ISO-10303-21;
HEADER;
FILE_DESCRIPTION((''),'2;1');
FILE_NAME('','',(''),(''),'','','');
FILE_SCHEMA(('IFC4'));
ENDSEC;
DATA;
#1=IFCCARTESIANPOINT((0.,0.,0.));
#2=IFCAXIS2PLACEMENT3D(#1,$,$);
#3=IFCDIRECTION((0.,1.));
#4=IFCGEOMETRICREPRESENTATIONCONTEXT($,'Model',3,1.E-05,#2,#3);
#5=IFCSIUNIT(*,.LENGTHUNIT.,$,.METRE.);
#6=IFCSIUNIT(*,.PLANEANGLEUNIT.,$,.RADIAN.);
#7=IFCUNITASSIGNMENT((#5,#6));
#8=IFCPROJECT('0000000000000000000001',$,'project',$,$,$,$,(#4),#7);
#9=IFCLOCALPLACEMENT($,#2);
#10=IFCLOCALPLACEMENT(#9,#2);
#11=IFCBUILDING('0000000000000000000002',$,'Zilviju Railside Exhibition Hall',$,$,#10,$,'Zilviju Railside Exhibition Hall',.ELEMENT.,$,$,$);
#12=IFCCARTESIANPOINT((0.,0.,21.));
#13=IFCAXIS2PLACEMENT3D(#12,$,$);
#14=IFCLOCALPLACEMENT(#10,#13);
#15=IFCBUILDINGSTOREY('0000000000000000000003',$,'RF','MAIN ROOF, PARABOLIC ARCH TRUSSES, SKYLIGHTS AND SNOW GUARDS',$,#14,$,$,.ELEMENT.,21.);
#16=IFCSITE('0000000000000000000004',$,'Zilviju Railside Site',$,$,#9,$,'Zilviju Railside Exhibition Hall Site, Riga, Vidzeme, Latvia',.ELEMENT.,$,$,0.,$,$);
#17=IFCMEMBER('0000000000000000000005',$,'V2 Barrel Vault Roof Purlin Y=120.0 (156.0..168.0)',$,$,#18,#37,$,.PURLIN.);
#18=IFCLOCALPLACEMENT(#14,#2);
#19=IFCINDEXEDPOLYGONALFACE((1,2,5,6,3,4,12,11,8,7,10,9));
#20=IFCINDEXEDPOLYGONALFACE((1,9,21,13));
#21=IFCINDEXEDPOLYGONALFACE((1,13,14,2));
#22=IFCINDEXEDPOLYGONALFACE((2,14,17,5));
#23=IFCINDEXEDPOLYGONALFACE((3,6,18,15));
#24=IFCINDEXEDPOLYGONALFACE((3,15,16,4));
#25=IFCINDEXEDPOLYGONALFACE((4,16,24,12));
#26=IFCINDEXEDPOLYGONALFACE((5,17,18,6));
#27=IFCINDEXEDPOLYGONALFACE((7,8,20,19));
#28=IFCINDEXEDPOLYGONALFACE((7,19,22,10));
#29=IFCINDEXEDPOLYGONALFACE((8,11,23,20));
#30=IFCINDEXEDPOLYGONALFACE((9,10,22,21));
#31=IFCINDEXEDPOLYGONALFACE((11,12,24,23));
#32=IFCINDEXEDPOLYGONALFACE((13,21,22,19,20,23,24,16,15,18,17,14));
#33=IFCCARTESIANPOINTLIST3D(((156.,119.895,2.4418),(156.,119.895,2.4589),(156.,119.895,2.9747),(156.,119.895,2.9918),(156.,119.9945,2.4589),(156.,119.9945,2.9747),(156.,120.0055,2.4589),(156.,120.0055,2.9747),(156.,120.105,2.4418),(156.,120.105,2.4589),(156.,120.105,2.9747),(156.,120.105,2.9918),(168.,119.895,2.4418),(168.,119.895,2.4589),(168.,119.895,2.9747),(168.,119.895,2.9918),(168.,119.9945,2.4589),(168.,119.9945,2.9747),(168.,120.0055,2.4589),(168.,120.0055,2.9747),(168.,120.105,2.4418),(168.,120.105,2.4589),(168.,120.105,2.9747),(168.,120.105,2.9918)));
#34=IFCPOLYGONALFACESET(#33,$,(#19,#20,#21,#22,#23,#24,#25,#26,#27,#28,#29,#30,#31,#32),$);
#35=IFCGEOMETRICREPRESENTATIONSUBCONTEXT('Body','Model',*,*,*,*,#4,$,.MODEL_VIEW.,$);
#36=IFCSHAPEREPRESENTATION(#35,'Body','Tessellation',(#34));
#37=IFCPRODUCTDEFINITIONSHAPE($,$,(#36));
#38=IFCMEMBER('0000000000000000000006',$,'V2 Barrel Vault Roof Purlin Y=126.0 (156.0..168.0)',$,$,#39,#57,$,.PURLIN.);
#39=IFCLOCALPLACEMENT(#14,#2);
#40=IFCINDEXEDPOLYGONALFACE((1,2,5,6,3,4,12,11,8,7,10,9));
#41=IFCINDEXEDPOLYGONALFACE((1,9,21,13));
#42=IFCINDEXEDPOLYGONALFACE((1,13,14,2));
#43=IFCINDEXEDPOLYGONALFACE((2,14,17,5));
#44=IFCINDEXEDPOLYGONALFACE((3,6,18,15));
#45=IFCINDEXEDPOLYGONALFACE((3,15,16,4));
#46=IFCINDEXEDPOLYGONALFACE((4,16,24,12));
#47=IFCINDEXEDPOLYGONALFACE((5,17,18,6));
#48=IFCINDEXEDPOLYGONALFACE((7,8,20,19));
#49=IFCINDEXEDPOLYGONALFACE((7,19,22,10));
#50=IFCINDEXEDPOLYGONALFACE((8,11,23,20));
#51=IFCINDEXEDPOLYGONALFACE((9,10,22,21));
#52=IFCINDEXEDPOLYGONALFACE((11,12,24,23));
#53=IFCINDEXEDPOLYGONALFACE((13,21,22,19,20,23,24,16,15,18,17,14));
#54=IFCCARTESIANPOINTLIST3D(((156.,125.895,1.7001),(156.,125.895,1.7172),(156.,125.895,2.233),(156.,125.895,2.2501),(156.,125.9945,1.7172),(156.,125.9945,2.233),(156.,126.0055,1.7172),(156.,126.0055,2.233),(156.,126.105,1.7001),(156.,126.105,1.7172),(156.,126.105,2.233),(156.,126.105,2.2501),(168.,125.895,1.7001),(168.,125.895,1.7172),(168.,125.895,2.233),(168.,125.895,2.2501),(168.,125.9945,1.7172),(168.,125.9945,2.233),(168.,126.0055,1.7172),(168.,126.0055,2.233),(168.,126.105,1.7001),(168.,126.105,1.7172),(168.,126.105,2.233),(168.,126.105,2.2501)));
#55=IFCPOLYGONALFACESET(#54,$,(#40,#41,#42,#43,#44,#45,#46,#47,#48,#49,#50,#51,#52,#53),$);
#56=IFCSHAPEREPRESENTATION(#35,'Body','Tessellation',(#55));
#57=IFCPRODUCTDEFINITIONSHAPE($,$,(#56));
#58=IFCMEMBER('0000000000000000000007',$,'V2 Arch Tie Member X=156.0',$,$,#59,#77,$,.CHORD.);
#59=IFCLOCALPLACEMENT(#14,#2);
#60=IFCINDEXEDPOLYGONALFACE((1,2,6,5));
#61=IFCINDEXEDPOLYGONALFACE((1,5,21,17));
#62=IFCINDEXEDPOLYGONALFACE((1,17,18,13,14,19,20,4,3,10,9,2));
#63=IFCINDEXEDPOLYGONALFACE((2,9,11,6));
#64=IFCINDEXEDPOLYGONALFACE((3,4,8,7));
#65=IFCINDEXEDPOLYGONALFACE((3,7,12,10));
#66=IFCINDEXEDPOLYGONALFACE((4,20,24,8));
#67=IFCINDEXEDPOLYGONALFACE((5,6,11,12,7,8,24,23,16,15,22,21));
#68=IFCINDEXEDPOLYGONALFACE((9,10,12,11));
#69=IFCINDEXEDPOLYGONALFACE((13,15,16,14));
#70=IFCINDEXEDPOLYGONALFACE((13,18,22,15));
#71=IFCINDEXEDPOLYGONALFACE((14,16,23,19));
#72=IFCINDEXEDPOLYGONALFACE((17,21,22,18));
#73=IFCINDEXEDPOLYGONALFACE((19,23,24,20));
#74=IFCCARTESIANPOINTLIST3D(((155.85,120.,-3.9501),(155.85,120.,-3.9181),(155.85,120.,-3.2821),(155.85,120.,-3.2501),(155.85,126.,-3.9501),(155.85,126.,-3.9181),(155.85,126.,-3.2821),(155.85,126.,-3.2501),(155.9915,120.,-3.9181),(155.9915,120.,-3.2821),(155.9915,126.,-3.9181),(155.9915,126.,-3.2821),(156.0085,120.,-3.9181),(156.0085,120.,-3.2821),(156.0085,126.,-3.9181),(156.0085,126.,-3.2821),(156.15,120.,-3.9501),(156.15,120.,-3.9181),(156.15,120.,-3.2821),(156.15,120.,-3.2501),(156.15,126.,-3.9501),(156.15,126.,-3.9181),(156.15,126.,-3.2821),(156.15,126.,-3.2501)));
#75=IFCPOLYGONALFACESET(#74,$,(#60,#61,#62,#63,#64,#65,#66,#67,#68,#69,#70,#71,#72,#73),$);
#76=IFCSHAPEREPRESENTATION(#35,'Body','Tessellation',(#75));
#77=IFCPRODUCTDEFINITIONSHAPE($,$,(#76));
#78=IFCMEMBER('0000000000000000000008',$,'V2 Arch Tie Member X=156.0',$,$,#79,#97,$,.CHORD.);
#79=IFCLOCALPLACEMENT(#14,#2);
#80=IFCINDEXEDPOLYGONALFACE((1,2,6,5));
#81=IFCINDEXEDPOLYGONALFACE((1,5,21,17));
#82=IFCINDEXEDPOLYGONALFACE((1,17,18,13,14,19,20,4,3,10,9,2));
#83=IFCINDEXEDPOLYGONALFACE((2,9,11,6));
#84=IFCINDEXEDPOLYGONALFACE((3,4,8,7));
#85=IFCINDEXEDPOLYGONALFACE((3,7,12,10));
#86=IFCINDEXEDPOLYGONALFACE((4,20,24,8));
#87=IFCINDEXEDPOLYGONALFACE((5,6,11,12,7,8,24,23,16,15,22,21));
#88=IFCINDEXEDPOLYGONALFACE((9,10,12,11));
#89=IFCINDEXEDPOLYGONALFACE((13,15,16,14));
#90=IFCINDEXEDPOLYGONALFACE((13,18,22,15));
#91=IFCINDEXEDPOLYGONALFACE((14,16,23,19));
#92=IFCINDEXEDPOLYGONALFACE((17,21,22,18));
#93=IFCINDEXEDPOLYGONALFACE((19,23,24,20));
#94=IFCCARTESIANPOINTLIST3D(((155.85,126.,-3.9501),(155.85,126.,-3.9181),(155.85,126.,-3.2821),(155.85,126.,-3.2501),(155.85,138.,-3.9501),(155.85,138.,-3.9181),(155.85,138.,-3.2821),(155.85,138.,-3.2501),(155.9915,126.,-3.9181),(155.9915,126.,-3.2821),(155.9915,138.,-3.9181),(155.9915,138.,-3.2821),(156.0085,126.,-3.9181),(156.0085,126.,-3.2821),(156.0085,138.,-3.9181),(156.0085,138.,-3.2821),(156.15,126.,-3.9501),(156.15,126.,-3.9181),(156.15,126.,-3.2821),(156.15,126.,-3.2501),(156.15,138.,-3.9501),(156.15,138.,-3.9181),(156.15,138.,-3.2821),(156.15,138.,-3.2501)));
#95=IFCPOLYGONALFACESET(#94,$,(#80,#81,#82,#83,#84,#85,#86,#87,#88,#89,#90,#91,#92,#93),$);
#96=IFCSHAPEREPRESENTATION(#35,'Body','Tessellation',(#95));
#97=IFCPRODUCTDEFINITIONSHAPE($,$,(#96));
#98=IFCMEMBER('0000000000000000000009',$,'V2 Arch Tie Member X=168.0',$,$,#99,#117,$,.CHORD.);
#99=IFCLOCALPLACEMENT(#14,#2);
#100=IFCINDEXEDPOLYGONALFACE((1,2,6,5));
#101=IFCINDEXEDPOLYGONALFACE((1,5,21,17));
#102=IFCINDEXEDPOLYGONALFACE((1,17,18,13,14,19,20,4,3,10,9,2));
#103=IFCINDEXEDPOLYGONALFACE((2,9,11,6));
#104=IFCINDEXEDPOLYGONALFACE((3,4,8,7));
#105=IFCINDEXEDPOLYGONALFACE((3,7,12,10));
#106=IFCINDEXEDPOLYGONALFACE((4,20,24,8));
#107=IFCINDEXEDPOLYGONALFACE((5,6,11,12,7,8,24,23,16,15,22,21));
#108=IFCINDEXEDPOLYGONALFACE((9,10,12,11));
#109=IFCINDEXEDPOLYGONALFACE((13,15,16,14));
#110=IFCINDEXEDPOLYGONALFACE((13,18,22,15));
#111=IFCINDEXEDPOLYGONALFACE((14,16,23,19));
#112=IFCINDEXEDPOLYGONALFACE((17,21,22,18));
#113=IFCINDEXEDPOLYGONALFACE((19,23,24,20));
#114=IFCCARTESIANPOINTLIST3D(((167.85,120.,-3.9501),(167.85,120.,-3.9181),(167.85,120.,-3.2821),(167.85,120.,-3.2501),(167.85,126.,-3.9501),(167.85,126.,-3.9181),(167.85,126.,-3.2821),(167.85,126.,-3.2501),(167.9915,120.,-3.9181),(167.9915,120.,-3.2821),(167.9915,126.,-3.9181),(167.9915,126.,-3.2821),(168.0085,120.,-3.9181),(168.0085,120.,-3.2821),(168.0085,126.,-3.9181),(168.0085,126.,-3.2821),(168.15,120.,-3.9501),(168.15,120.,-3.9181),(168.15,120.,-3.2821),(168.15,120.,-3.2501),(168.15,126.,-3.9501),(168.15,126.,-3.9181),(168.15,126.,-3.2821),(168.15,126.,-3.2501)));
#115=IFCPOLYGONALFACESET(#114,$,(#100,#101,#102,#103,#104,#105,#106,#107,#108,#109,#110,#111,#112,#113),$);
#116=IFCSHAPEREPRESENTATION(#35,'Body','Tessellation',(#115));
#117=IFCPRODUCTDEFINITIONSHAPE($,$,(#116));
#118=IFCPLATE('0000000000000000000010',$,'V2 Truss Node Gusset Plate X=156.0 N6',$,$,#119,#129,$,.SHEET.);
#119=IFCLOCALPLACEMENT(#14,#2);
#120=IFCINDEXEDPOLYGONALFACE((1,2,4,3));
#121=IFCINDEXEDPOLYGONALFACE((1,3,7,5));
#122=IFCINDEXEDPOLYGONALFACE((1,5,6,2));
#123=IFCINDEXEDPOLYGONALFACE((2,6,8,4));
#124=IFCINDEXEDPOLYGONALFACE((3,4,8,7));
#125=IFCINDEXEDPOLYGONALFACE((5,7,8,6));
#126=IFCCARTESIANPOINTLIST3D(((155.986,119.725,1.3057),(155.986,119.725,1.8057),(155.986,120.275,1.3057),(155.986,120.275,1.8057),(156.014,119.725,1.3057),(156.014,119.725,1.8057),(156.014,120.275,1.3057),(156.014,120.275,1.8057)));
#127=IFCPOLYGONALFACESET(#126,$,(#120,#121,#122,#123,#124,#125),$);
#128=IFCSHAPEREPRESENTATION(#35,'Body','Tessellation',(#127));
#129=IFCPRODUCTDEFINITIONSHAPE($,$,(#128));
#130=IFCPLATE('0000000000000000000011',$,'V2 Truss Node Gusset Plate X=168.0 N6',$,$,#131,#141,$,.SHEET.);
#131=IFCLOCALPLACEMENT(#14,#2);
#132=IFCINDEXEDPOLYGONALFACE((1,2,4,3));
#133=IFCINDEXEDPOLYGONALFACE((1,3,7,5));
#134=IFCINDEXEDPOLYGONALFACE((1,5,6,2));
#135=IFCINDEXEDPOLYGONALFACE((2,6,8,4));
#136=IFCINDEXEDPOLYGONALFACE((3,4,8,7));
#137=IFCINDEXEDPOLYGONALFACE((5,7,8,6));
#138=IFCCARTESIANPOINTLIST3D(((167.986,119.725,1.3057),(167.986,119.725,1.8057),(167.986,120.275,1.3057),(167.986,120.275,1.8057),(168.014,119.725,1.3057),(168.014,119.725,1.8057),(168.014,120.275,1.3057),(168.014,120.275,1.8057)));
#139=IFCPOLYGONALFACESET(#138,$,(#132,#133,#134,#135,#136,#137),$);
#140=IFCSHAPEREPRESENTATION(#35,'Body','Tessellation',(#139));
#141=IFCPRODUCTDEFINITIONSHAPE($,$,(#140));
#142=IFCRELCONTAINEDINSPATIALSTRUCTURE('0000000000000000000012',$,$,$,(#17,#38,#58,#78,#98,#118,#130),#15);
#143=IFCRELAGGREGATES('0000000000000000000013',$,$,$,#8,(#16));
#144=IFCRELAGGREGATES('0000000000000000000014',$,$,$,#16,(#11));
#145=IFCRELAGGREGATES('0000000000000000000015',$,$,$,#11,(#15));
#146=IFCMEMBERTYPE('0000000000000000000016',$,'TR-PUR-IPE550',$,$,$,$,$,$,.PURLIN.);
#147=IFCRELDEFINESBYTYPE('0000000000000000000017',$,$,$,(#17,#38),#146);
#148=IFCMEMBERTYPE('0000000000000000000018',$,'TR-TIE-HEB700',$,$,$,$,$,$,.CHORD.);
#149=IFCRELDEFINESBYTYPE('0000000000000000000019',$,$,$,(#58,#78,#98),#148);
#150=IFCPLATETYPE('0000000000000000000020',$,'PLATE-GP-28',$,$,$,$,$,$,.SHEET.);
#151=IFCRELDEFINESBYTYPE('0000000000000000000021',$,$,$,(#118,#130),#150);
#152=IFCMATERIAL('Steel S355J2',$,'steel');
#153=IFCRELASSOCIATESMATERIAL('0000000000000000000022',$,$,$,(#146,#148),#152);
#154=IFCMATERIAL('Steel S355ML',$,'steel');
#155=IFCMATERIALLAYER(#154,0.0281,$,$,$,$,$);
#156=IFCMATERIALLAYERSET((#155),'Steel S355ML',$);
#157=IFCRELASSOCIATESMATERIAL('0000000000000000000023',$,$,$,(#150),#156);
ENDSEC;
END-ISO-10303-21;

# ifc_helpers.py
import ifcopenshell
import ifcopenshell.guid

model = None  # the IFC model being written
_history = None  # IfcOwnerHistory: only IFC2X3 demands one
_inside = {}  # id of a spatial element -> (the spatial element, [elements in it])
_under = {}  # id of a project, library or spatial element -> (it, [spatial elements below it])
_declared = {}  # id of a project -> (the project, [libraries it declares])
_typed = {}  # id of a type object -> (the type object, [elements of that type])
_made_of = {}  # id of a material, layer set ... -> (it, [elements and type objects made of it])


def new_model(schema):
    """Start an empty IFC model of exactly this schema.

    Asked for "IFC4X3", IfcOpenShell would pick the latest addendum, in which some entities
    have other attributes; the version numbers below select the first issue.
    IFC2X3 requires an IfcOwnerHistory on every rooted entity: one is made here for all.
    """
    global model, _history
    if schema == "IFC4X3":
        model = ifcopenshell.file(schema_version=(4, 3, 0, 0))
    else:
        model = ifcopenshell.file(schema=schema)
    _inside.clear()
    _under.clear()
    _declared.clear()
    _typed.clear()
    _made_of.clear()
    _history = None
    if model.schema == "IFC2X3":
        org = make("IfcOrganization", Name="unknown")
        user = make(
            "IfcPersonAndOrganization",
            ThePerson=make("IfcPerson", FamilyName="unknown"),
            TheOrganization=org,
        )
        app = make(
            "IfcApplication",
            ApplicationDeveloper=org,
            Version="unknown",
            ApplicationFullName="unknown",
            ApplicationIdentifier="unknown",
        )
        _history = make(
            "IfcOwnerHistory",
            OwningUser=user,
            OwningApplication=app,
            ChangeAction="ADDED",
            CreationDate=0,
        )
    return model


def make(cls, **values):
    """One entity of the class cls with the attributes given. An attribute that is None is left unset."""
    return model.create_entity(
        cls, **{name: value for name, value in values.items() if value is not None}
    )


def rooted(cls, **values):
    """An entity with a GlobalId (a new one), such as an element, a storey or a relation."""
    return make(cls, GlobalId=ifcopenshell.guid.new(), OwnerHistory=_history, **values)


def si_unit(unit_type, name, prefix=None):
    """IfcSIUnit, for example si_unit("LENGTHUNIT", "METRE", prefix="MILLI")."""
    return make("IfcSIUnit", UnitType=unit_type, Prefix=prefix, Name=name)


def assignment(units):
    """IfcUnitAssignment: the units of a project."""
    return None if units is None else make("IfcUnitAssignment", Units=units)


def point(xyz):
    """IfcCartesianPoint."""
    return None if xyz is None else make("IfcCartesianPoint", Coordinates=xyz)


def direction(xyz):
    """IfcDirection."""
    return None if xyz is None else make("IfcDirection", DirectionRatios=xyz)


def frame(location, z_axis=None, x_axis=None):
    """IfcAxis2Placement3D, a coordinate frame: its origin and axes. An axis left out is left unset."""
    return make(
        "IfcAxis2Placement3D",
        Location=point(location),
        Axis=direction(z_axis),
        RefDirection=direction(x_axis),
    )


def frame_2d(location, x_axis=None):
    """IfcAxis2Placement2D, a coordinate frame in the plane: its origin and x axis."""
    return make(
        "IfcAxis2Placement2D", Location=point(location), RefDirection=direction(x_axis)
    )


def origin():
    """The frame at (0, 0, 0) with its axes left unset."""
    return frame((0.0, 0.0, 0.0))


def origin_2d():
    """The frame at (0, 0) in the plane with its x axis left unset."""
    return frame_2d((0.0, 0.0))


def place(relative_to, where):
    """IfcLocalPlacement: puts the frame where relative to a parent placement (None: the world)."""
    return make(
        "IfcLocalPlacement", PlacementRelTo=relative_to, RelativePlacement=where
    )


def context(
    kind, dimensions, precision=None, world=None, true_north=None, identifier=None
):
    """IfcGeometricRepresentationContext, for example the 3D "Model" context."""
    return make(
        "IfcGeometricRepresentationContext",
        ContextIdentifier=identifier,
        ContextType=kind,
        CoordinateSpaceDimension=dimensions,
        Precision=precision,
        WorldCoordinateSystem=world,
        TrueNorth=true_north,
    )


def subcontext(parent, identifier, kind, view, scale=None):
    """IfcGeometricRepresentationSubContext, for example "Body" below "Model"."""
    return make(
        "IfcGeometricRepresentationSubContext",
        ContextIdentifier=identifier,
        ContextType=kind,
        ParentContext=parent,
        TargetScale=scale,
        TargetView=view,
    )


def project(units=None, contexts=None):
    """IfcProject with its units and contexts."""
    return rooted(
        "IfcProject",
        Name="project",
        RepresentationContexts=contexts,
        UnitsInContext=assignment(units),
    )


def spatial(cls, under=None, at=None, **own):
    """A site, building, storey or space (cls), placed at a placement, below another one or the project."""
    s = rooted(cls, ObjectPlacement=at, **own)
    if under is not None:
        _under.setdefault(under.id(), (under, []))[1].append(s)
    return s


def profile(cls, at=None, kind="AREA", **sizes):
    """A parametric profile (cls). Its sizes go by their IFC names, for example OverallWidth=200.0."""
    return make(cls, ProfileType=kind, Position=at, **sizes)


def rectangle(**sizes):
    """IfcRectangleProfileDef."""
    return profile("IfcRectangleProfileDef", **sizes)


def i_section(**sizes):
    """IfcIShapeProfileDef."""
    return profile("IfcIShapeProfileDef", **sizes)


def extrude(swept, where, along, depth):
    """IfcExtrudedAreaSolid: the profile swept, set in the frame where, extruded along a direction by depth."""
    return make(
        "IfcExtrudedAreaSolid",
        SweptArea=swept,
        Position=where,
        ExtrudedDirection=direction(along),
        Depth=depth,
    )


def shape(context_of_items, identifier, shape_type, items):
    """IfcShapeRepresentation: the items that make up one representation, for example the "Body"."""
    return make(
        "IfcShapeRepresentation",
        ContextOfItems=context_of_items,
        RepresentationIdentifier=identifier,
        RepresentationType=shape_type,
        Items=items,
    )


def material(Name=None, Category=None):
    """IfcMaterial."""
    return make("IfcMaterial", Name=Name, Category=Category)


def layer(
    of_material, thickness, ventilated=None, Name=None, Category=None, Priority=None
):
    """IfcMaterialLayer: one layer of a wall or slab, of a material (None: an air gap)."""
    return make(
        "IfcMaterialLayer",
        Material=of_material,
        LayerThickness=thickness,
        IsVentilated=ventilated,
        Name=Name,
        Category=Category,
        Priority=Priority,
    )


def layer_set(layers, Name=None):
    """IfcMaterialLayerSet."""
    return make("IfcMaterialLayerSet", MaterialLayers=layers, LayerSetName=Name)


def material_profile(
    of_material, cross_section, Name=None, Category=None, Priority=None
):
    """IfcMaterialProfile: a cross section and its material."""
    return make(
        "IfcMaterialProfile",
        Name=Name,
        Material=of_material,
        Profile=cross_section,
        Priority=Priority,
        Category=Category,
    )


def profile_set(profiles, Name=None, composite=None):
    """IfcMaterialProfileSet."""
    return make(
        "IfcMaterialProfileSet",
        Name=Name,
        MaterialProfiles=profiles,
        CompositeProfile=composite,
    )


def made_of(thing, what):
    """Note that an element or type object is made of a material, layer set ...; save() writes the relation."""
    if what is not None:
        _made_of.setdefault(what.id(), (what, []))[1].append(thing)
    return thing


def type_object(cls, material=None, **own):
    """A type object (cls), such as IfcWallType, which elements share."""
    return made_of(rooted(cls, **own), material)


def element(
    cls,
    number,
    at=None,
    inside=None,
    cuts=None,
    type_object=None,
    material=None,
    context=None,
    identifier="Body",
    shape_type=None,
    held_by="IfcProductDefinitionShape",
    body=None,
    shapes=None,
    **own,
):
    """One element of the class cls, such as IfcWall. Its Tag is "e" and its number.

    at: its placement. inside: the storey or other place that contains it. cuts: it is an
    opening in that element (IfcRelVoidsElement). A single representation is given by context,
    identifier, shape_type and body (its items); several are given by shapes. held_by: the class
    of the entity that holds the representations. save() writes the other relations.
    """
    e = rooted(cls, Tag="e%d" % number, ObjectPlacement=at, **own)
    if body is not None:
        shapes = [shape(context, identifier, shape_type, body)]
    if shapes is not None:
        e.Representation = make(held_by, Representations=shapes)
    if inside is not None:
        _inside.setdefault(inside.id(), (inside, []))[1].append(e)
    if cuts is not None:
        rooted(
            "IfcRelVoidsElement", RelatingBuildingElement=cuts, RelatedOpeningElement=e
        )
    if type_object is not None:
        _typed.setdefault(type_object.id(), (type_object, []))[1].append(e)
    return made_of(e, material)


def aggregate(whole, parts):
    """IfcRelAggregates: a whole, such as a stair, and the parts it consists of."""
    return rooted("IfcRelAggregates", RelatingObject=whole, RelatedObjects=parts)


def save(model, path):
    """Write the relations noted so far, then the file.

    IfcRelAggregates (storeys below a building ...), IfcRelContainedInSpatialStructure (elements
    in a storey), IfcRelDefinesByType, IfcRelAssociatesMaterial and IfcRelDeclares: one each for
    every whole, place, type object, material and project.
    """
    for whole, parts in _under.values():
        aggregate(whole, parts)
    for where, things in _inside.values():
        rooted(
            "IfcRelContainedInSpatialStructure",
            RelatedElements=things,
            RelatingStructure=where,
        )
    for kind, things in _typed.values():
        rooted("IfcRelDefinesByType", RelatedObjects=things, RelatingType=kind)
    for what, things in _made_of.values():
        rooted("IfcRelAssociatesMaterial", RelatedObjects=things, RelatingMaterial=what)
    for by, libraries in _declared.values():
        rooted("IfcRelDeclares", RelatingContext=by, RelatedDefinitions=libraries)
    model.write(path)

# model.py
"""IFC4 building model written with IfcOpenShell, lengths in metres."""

from ifc_helpers import new_model, si_unit, direction, frame, origin, origin_2d, place, context, subcontext, project, spatial, rectangle, i_section, extrude, material, layer, layer_set, material_profile, profile_set, type_object, element, save


model = new_model("IFC4")

# Units and contexts
model_context = context("Model", 3, precision=1e-05, world=origin(), true_north=direction((0.0, 1.0)))
body_context = subcontext(model_context, "Body", "Model", "MODEL_VIEW")
ifc_project = project(units=[si_unit("LENGTHUNIT", "METRE"), si_unit("PLANEANGLEUNIT", "RADIAN")], contexts=[model_context])

# Site, building, storey
site_placement = place(None, origin())
site = spatial("IfcSite", under=ifc_project, at=site_placement, Name="Zilviju Railside Site", LongName="Zilviju Railside Exhibition Hall Site, Riga, Vidzeme, Latvia", CompositionType="ELEMENT", RefElevation=0.0)
building_placement = place(site_placement, origin())
building = spatial("IfcBuilding", under=site, at=building_placement, Name="Zilviju Railside Exhibition Hall", LongName="Zilviju Railside Exhibition Hall", CompositionType="ELEMENT")
storey_placement = place(building_placement, frame((0.0, 0.0, 21.0)))
storey = spatial("IfcBuildingStorey", under=building, at=storey_placement, Name="RF", Description="MAIN ROOF, PARABOLIC ARCH TRUSSES, SKYLIGHTS AND SNOW GUARDS", CompositionType="ELEMENT", Elevation=21.0)

# Members
ifc_material_1 = material(Name="Steel S355J2", Category="steel")
ifc_material_profile_1 = material_profile(ifc_material_1, i_section(OverallWidth=0.21, OverallDepth=0.55, WebThickness=0.011, FlangeThickness=0.0171, at=origin_2d()), Name="IPE 550")
ifc_profile_set_1 = profile_set([ifc_material_profile_1], Name="Steel S355J2")
member_type_1 = type_object("IfcMemberType", Name="TR-PUR-IPE550", PredefinedType="PURLIN", material=ifc_profile_set_1)
for number, where, z_axis, x_axis, name in (
    (1, (156.0, 120.0, 2.7168), (1.0, 0.0, 0.0), (0.0, 1.0, 0.0), "V2 Barrel Vault Roof Purlin Y=120.0 (156.0..168.0)"),
    (2, (156.0, 126.0, 1.9751), (1.0, 0.0, 0.0), (0.0, 1.0, 0.0), "V2 Barrel Vault Roof Purlin Y=126.0 (156.0..168.0)"),
):
    element("IfcMember", number, at=place(storey_placement, frame(where, z_axis=z_axis, x_axis=x_axis)), inside=storey, type_object=member_type_1, Name=name, PredefinedType="PURLIN", context=body_context, shape_type="SweptSolid", body=[
        extrude(i_section(OverallWidth=0.21, OverallDepth=0.55, WebThickness=0.011, FlangeThickness=0.0171, at=origin_2d()), origin(), (0.0, 0.0, 1.0), 12.0),
    ])
ifc_material_profile_2 = material_profile(ifc_material_1, i_section(OverallWidth=0.3, OverallDepth=0.7, WebThickness=0.0171, FlangeThickness=0.032, at=origin_2d()), Name="HEB 700")
ifc_profile_set_2 = profile_set([ifc_material_profile_2], Name="Steel S355J2")
member_type_2 = type_object("IfcMemberType", Name="TR-TIE-HEB700", PredefinedType="CHORD", material=ifc_profile_set_2)
member_1_placement = place(storey_placement, frame((156.0, 120.0, -3.6001), z_axis=(0.0, 1.0, 0.0), x_axis=(-1.0, 0.0, 0.0)))
element("IfcMember", 3, at=member_1_placement, inside=storey, type_object=member_type_2, Name="V2 Arch Tie Member X=156.0", PredefinedType="CHORD", context=body_context, shape_type="SweptSolid", body=[
    extrude(i_section(OverallWidth=0.3, OverallDepth=0.7, WebThickness=0.0171, FlangeThickness=0.032, at=origin_2d()), origin(), (0.0, 0.0, 1.0), 6.0),
])
member_2_placement = place(storey_placement, frame((156.0, 126.0, -3.6001), z_axis=(0.0, 1.0, 0.0), x_axis=(-1.0, 0.0, 0.0)))
element("IfcMember", 4, at=member_2_placement, inside=storey, type_object=member_type_2, Name="V2 Arch Tie Member X=156.0", PredefinedType="CHORD", context=body_context, shape_type="SweptSolid", body=[
    extrude(i_section(OverallWidth=0.3, OverallDepth=0.7, WebThickness=0.0171, FlangeThickness=0.032, at=origin_2d()), origin(), (0.0, 0.0, 1.0), 12.0),
])
member_3_placement = place(storey_placement, frame((168.0, 120.0, -3.6001), z_axis=(0.0, 1.0, 0.0), x_axis=(-1.0, 0.0, 0.0)))
element("IfcMember", 5, at=member_3_placement, inside=storey, type_object=member_type_2, Name="V2 Arch Tie Member X=168.0", PredefinedType="CHORD", context=body_context, shape_type="SweptSolid", body=[
    extrude(i_section(OverallWidth=0.3, OverallDepth=0.7, WebThickness=0.0171, FlangeThickness=0.032, at=origin_2d()), origin(), (0.0, 0.0, 1.0), 6.0),
])

# Plates
ifc_material_2 = material(Name="Steel S355ML", Category="steel")
ifc_layer = layer(ifc_material_2, 0.0281)
ifc_layer_set = layer_set([ifc_layer], Name="Steel S355ML")
plate_type = type_object("IfcPlateType", Name="PLATE-GP-28", PredefinedType="SHEET", material=ifc_layer_set)
for number, where, z_axis, x_axis, name in (
    (6, (156.0, 120.0, 1.3057), (0.0, 0.0, 1.0), (1.0, 0.0, 0.0), "V2 Truss Node Gusset Plate X=156.0 N6"),
    (7, (168.0, 120.0, 1.3057), (0.0, 0.0, 1.0), (1.0, 0.0, 0.0), "V2 Truss Node Gusset Plate X=168.0 N6"),
):
    element("IfcPlate", number, at=place(storey_placement, frame(where, z_axis=z_axis, x_axis=x_axis)), inside=storey, type_object=plate_type, Name=name, PredefinedType="SHEET", context=body_context, shape_type="SweptSolid", body=[
        extrude(rectangle(XDim=0.0281, YDim=0.55, at=origin_2d()), origin(), (0.0, 0.0, 1.0), 0.5),
    ])

save(model, "model.ifc")
